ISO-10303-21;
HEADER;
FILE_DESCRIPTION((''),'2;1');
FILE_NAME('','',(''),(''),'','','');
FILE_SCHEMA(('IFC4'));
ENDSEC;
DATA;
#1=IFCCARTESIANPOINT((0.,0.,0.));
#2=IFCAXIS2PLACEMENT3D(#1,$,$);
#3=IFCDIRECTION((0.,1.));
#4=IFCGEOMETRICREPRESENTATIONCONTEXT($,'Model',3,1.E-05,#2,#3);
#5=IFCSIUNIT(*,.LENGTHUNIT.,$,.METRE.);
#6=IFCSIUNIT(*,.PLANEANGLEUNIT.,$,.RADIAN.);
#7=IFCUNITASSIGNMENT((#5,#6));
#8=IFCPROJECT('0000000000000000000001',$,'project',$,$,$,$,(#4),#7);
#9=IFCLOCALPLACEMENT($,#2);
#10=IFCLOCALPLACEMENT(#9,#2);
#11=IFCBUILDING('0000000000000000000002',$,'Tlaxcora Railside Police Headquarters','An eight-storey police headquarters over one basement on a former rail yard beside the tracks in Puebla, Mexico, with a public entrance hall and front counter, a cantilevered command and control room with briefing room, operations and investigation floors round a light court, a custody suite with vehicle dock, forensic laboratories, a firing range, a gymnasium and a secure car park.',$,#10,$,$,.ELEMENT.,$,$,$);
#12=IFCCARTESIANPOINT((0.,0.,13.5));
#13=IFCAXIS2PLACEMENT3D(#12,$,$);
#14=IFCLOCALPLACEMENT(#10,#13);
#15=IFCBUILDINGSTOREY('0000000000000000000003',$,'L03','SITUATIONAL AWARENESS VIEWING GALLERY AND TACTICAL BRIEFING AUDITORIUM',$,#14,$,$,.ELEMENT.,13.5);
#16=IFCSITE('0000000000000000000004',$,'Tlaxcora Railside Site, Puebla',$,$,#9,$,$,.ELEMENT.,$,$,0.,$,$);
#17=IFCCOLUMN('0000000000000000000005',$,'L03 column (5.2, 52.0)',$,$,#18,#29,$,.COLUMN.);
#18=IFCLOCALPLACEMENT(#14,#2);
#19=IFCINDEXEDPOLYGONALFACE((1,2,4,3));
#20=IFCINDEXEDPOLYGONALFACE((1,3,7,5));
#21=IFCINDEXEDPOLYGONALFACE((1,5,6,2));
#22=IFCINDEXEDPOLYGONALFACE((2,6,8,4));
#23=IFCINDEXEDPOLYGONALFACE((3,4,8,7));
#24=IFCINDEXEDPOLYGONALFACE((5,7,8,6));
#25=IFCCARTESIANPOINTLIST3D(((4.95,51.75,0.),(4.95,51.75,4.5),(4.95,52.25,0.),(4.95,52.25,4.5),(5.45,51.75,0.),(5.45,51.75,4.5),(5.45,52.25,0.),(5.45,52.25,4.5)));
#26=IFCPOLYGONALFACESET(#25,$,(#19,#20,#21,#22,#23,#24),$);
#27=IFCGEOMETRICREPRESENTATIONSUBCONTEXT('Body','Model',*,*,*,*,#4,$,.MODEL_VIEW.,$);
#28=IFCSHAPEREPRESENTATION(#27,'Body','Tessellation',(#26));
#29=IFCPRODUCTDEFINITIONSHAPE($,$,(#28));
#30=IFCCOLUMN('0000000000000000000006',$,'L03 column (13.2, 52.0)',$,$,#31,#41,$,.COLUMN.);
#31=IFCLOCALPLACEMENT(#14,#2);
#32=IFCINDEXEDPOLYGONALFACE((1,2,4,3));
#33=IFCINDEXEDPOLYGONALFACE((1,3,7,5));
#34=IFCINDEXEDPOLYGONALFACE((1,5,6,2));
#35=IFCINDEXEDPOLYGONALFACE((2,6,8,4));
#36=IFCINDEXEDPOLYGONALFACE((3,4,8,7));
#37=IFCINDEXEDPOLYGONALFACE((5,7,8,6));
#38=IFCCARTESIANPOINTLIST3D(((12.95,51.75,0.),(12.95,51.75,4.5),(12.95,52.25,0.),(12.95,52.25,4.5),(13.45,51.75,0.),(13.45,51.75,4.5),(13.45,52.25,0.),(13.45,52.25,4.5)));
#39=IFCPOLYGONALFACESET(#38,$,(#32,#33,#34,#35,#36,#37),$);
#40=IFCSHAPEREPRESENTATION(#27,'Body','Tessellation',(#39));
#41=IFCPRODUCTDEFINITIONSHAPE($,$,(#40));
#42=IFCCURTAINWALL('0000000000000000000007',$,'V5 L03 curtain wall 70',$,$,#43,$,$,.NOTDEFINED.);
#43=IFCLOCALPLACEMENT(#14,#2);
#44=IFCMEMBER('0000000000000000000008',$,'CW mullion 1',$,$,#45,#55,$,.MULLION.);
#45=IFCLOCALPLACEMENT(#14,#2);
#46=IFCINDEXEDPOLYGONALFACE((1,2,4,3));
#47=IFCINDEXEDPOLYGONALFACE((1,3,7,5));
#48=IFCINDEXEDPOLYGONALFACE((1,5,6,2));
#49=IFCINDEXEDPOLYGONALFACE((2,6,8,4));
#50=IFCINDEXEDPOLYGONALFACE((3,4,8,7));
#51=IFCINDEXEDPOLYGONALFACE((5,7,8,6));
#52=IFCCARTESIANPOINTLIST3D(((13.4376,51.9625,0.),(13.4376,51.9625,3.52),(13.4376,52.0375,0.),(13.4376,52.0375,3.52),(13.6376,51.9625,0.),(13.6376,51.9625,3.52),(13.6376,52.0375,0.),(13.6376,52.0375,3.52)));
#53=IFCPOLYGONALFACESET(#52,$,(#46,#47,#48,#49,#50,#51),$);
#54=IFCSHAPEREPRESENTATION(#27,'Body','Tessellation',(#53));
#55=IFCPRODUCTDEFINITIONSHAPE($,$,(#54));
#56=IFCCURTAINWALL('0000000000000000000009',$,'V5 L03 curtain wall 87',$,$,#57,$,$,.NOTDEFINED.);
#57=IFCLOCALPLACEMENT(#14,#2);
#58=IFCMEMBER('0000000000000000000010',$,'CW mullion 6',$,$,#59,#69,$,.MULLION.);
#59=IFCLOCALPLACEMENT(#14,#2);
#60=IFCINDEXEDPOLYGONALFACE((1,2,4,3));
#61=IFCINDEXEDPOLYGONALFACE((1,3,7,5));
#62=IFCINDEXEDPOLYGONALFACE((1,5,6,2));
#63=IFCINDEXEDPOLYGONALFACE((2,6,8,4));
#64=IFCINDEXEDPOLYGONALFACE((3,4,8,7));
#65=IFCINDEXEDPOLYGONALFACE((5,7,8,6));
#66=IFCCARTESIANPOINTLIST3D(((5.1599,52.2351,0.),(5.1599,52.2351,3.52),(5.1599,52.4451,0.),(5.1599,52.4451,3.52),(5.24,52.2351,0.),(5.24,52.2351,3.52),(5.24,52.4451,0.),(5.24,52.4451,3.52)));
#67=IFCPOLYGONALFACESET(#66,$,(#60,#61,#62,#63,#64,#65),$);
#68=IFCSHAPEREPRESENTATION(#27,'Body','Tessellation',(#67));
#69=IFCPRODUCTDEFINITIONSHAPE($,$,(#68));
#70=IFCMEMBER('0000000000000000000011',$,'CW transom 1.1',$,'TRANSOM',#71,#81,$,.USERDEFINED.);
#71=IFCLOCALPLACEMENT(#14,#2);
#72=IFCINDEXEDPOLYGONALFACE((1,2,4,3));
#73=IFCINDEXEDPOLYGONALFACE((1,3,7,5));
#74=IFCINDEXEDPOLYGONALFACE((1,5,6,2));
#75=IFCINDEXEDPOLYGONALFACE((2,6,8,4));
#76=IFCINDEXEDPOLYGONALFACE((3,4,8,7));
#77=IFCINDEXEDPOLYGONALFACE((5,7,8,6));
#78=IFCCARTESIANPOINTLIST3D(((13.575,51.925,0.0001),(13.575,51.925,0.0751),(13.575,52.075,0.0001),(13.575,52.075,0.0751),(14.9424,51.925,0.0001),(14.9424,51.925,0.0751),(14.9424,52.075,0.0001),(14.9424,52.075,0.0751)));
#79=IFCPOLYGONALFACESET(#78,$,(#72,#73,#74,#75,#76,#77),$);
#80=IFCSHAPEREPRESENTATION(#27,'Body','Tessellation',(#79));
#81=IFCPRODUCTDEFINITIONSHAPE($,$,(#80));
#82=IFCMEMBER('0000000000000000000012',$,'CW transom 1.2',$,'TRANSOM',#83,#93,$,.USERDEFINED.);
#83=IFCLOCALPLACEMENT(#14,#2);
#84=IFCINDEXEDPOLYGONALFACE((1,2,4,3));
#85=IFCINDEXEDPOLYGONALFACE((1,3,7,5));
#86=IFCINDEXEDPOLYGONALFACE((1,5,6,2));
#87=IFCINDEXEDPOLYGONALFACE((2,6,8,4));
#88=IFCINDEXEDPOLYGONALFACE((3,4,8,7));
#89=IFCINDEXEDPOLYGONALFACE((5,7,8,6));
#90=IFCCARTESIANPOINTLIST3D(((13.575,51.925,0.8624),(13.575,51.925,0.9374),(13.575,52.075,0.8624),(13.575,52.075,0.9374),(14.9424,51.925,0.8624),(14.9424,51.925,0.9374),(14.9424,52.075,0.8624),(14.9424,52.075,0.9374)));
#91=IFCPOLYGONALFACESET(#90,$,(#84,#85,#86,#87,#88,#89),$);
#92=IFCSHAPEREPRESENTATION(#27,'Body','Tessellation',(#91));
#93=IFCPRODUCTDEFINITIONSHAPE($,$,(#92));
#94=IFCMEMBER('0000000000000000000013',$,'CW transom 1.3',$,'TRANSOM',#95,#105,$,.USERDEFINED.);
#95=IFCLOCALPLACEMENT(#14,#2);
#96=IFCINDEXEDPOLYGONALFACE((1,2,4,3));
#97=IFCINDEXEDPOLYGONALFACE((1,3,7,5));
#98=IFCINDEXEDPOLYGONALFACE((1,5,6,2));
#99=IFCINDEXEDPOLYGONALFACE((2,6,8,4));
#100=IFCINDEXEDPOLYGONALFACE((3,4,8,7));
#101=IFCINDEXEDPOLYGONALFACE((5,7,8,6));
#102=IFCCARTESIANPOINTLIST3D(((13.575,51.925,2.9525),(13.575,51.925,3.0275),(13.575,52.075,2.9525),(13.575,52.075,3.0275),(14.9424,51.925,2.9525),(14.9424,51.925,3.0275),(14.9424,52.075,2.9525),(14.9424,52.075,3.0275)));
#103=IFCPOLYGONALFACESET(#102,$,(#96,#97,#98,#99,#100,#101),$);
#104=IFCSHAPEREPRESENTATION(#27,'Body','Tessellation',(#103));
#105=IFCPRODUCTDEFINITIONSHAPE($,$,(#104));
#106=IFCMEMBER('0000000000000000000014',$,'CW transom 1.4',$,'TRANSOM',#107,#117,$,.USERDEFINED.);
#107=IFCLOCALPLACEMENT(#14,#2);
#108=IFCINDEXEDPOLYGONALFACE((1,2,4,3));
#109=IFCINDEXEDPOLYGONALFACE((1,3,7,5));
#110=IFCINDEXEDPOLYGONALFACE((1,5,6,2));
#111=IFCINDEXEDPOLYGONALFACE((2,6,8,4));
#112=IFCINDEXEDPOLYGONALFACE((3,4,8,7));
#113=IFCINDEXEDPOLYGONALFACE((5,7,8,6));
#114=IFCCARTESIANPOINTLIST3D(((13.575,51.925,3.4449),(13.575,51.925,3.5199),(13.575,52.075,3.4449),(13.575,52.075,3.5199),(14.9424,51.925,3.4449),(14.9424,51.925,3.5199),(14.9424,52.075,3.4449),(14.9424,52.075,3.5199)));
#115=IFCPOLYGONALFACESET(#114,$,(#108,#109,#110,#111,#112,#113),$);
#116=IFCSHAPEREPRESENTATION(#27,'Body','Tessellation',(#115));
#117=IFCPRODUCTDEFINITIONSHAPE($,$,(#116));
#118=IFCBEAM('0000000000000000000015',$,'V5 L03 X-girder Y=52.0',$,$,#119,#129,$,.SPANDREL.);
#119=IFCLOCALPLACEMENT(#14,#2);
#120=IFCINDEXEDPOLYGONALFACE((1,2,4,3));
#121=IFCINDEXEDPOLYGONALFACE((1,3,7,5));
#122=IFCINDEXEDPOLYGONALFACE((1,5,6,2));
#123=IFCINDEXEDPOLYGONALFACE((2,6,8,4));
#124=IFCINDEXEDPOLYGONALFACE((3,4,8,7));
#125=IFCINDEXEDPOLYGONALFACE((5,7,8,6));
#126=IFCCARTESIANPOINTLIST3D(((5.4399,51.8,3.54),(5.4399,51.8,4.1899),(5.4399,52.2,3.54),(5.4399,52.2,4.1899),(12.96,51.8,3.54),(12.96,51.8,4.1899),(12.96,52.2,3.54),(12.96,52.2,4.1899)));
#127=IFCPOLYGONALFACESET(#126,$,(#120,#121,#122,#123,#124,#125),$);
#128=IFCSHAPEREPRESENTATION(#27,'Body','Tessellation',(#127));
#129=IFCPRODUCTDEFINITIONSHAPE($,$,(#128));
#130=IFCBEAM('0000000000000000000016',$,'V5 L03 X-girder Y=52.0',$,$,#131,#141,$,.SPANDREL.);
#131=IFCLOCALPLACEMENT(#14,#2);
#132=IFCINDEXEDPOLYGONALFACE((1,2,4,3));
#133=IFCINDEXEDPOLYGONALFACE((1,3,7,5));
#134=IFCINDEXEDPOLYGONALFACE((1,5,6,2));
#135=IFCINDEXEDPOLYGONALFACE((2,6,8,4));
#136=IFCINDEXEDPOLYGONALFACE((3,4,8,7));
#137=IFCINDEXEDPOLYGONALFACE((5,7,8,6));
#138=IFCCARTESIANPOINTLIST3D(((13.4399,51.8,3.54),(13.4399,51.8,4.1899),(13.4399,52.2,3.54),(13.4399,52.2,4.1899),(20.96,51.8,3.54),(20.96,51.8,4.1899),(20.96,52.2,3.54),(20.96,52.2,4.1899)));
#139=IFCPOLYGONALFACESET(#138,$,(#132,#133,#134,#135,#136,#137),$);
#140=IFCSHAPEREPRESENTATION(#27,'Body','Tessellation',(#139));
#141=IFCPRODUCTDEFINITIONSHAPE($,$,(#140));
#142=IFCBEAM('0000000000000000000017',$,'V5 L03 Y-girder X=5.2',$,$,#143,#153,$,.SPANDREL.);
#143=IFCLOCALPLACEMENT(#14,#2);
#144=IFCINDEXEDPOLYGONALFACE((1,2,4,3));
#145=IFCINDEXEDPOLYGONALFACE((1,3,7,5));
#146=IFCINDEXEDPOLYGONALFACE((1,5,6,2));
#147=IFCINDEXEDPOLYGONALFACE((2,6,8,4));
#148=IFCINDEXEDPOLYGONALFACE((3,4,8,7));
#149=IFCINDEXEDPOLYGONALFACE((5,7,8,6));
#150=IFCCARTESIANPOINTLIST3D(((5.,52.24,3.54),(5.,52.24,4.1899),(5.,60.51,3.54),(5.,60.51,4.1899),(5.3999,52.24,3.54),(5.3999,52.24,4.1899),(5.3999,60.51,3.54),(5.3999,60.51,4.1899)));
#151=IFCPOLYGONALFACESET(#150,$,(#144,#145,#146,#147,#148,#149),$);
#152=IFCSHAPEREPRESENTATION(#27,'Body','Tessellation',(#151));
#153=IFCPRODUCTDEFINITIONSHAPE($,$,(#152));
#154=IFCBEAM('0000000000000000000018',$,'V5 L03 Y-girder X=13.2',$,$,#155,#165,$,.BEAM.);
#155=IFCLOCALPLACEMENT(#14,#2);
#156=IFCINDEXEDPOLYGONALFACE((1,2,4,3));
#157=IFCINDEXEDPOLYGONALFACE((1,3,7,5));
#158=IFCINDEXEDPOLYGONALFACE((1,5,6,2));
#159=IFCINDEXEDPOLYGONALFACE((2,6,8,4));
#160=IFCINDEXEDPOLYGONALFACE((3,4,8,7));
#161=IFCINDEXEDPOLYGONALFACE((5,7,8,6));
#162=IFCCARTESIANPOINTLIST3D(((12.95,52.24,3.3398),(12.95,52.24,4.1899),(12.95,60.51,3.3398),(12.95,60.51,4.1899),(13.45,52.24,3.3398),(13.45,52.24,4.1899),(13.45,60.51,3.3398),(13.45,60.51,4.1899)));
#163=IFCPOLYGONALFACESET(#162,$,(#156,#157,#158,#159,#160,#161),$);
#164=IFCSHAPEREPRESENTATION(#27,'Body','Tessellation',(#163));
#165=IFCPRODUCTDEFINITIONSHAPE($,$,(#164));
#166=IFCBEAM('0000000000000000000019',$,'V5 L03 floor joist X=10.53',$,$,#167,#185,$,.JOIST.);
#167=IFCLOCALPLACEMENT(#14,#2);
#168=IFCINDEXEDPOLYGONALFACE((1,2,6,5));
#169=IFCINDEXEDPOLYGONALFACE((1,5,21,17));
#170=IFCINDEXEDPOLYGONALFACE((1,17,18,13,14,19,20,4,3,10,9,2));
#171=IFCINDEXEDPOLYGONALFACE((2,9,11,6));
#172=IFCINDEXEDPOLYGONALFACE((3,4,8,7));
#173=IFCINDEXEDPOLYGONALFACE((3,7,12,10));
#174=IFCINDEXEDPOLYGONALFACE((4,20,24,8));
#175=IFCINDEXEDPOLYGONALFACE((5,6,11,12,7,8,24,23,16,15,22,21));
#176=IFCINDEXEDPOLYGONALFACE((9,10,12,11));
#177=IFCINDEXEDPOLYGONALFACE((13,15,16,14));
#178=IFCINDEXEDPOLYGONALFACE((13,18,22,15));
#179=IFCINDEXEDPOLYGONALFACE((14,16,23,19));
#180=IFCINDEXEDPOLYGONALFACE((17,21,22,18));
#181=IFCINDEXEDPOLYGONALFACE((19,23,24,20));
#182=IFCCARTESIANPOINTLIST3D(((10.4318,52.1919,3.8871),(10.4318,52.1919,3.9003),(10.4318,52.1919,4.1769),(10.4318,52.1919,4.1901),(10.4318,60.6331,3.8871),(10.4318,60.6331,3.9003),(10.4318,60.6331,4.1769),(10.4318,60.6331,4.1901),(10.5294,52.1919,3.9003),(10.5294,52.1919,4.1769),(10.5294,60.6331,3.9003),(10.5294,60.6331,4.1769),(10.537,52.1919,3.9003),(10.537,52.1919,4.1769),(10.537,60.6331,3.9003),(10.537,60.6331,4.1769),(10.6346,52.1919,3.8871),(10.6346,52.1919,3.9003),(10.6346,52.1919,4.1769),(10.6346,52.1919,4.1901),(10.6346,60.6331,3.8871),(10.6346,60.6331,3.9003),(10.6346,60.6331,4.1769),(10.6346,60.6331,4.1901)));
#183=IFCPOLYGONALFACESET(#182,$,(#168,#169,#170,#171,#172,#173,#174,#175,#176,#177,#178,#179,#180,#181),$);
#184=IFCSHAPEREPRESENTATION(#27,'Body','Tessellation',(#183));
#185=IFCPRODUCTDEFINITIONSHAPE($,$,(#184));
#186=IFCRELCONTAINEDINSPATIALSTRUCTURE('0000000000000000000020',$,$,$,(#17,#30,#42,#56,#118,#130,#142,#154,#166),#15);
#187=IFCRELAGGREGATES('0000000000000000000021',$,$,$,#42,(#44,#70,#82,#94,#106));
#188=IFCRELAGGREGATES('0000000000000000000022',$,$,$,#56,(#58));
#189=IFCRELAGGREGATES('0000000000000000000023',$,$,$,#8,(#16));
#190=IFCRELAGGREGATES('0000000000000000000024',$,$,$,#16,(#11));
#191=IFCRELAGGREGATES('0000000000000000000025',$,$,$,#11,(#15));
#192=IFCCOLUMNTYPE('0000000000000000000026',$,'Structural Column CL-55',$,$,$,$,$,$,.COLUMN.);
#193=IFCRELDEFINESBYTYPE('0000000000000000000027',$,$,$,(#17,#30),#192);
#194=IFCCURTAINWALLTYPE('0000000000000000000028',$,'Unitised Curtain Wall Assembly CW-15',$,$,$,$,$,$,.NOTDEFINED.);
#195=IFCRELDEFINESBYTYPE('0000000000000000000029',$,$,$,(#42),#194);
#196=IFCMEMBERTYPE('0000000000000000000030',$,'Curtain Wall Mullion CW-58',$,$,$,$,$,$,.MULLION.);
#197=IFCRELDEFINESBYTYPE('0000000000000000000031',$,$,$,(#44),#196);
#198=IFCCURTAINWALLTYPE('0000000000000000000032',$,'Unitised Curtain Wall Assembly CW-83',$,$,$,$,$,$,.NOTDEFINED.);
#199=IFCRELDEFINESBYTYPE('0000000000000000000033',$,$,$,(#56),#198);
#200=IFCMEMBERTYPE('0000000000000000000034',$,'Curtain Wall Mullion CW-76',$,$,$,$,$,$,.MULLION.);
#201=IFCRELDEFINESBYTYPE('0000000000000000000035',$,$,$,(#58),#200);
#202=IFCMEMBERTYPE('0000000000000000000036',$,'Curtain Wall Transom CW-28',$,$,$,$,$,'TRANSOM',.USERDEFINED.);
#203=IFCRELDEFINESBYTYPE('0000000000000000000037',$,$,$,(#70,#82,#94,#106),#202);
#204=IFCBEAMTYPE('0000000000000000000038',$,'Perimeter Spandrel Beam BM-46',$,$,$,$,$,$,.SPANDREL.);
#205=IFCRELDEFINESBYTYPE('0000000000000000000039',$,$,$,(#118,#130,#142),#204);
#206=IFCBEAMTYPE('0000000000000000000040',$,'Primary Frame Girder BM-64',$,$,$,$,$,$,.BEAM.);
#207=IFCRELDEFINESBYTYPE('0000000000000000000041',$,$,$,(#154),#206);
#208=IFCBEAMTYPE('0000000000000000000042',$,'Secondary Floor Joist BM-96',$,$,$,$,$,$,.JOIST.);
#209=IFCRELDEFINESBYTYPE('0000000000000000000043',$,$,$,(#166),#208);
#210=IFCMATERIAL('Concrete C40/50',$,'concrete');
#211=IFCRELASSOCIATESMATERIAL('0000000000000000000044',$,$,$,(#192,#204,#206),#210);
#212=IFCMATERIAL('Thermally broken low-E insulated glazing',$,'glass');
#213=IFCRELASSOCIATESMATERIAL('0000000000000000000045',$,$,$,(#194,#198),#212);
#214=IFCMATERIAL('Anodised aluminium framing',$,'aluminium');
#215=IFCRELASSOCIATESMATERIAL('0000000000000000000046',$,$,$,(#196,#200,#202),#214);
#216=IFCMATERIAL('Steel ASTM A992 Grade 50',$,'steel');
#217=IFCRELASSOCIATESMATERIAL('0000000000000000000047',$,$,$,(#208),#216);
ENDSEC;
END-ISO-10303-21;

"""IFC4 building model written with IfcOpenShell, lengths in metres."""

from ifc_helpers import new_model, si_unit, direction, frame, origin, origin_2d, place, context, subcontext, project, spatial, rectangle, i_section, extrude, material, material_profile, profile_set, type_object, element, aggregate, save


model = new_model("IFC4")

# Units and contexts
model_context = context("Model", 3, precision=1e-05, world=origin(), true_north=direction((0.0, 1.0)))
body_context = subcontext(model_context, "Body", "Model", "MODEL_VIEW")
ifc_project = project(units=[si_unit("LENGTHUNIT", "METRE"), si_unit("PLANEANGLEUNIT", "RADIAN")], contexts=[model_context])

# Site, building, storey
site_placement = place(None, origin())
site = spatial("IfcSite", under=ifc_project, at=site_placement, Name="Tlaxcora Railside Site, Puebla", CompositionType="ELEMENT", RefElevation=0.0)
building_placement = place(site_placement, origin())
building = spatial("IfcBuilding", under=site, at=building_placement, Name="Tlaxcora Railside Police Headquarters", Description="An eight-storey police headquarters over one basement on a former rail yard beside the tracks in Puebla, Mexico, with a public entrance hall and front counter, a cantilevered command and control room with briefing room, operations and investigation floors round a light court, a custody suite with vehicle dock, forensic laboratories, a firing range, a gymnasium and a secure car park.", CompositionType="ELEMENT")
storey_placement = place(building_placement, frame((0.0, 0.0, 13.5)))
storey = spatial("IfcBuildingStorey", under=building, at=storey_placement, Name="L03", Description="SITUATIONAL AWARENESS VIEWING GALLERY AND TACTICAL BRIEFING AUDITORIUM", CompositionType="ELEMENT", Elevation=13.5)

# Columns
ifc_material_1 = material(Name="Concrete C40/50", Category="concrete")
ifc_material_profile_1 = material_profile(ifc_material_1, rectangle(XDim=0.5, YDim=0.5, at=origin_2d()), Name="RC500X500")
ifc_profile_set_1 = profile_set([ifc_material_profile_1], Name="Concrete C40/50")
column_type = type_object("IfcColumnType", Name="Structural Column CL-55", PredefinedType="COLUMN", material=ifc_profile_set_1)
for number, where, z_axis, x_axis, name in (
    (1, (5.2, 52.0, 0.0), (0.0, 0.0, 1.0), (1.0, 0.0, 0.0), "L03 column (5.2, 52.0)"),
    (2, (13.2, 52.0, 0.0), (0.0, 0.0, 1.0), (1.0, 0.0, 0.0), "L03 column (13.2, 52.0)"),
):
    element("IfcColumn", number, at=place(storey_placement, frame(where, z_axis=z_axis, x_axis=x_axis)), inside=storey, type_object=column_type, Name=name, PredefinedType="COLUMN", context=body_context, shape_type="SweptSolid", body=[
        extrude(rectangle(XDim=0.5, YDim=0.5, at=origin_2d()), origin(), (0.0, 0.0, 1.0), 4.5),
    ])

# Curtain walls, members
ifc_material_2 = material(Name="Thermally broken low-E insulated glazing", Category="glass")
curtain_wall_type_1 = type_object("IfcCurtainWallType", Name="Unitised Curtain Wall Assembly CW-15", PredefinedType="NOTDEFINED", material=ifc_material_2)
curtain_wall_1_placement = place(storey_placement, origin())
curtain_wall_1 = element("IfcCurtainWall", 3, at=curtain_wall_1_placement, inside=storey, type_object=curtain_wall_type_1, Name="V5 L03 curtain wall 70", PredefinedType="NOTDEFINED")
ifc_material_3 = material(Name="Anodised aluminium framing", Category="aluminium")
ifc_material_profile_2 = material_profile(ifc_material_3, rectangle(XDim=0.075, YDim=0.2, at=origin_2d()), Name="AL75X200")
ifc_profile_set_2 = profile_set([ifc_material_profile_2], Name="Anodised aluminium framing")
member_type_1 = type_object("IfcMemberType", Name="Curtain Wall Mullion CW-58", PredefinedType="MULLION", material=ifc_profile_set_2)
member_1_placement = place(storey_placement, frame((13.5376, 52.0, 0.0), z_axis=(0.0, 0.0, 1.0), x_axis=(0.0, 1.0, 0.0)))
member_1 = element("IfcMember", 4, at=member_1_placement, type_object=member_type_1, Name="CW mullion 1", PredefinedType="MULLION", context=body_context, shape_type="SweptSolid", body=[
    extrude(rectangle(XDim=0.075, YDim=0.2, at=origin_2d()), origin(), (0.0, 0.0, 1.0), 3.52),
])
curtain_wall_type_2 = type_object("IfcCurtainWallType", Name="Unitised Curtain Wall Assembly CW-83", PredefinedType="NOTDEFINED", material=ifc_material_2)
curtain_wall_2_placement = place(storey_placement, origin())
curtain_wall_2 = element("IfcCurtainWall", 5, at=curtain_wall_2_placement, inside=storey, type_object=curtain_wall_type_2, Name="V5 L03 curtain wall 87", PredefinedType="NOTDEFINED")
ifc_material_profile_3 = material_profile(ifc_material_3, rectangle(XDim=0.0801, YDim=0.21, at=origin_2d()), Name="AL80X210")
ifc_profile_set_3 = profile_set([ifc_material_profile_3], Name="Anodised aluminium framing")
member_type_2 = type_object("IfcMemberType", Name="Curtain Wall Mullion CW-76", PredefinedType="MULLION", material=ifc_profile_set_3)
member_2_placement = place(storey_placement, frame((5.2, 52.3401, 0.0), z_axis=(0.0, 0.0, 1.0), x_axis=(1.0, 0.0, 0.0)))
member_2 = element("IfcMember", 6, at=member_2_placement, type_object=member_type_2, Name="CW mullion 6", PredefinedType="MULLION", context=body_context, shape_type="SweptSolid", body=[
    extrude(rectangle(XDim=0.0801, YDim=0.21, at=origin_2d()), origin(), (0.0, 0.0, 1.0), 3.52),
])

# Members
ifc_material_profile_4 = material_profile(ifc_material_3, rectangle(XDim=0.1499, YDim=0.075, at=origin_2d()), Name="AL75X150")
ifc_profile_set_4 = profile_set([ifc_material_profile_4], Name="Anodised aluminium framing")
member_type_3 = type_object("IfcMemberType", Name="Curtain Wall Transom CW-28", ElementType="TRANSOM", PredefinedType="USERDEFINED", material=ifc_profile_set_4)
member_3_placement = place(storey_placement, frame((13.575, 52.0, 0.0376), z_axis=(1.0, 0.0, 0.0), x_axis=(0.0, 1.0, 0.0)))
member_3 = element("IfcMember", 7, at=member_3_placement, type_object=member_type_3, Name="CW transom 1.1", ObjectType="TRANSOM", PredefinedType="USERDEFINED", context=body_context, shape_type="SweptSolid", body=[
    extrude(rectangle(XDim=0.1499, YDim=0.075, at=origin_2d()), origin(), (0.0, 0.0, 1.0), 1.3674),
])
member_4_placement = place(storey_placement, frame((13.575, 52.0, 0.8999), z_axis=(1.0, 0.0, 0.0), x_axis=(0.0, 1.0, 0.0)))
member_4 = element("IfcMember", 8, at=member_4_placement, type_object=member_type_3, Name="CW transom 1.2", ObjectType="TRANSOM", PredefinedType="USERDEFINED", context=body_context, shape_type="SweptSolid", body=[
    extrude(rectangle(XDim=0.1499, YDim=0.075, at=origin_2d()), origin(), (0.0, 0.0, 1.0), 1.3674),
])
member_5_placement = place(storey_placement, frame((13.575, 52.0, 2.99), z_axis=(1.0, 0.0, 0.0), x_axis=(0.0, 1.0, 0.0)))
member_5 = element("IfcMember", 9, at=member_5_placement, type_object=member_type_3, Name="CW transom 1.3", ObjectType="TRANSOM", PredefinedType="USERDEFINED", context=body_context, shape_type="SweptSolid", body=[
    extrude(rectangle(XDim=0.1499, YDim=0.075, at=origin_2d()), origin(), (0.0, 0.0, 1.0), 1.3674),
])
member_6_placement = place(storey_placement, frame((13.575, 52.0, 3.4824), z_axis=(1.0, 0.0, 0.0), x_axis=(0.0, 1.0, 0.0)))
member_6 = element("IfcMember", 10, at=member_6_placement, type_object=member_type_3, Name="CW transom 1.4", ObjectType="TRANSOM", PredefinedType="USERDEFINED", context=body_context, shape_type="SweptSolid", body=[
    extrude(rectangle(XDim=0.1499, YDim=0.075, at=origin_2d()), origin(), (0.0, 0.0, 1.0), 1.3674),
])

# Beams
ifc_material_profile_5 = material_profile(ifc_material_1, rectangle(XDim=0.3999, YDim=0.6499, at=origin_2d()), Name="RC400X650")
ifc_profile_set_5 = profile_set([ifc_material_profile_5], Name="Concrete C40/50")
beam_type_1 = type_object("IfcBeamType", Name="Perimeter Spandrel Beam BM-46", PredefinedType="SPANDREL", material=ifc_profile_set_5)
for number, where, z_axis, x_axis, name in (
    (11, (5.4399, 52.0, 3.865), (1.0, 0.0, 0.0), (0.0, 1.0, 0.0), "V5 L03 X-girder Y=52.0"),
    (12, (13.4399, 52.0, 3.865), (1.0, 0.0, 0.0), (0.0, 1.0, 0.0), "V5 L03 X-girder Y=52.0"),
):
    element("IfcBeam", number, at=place(storey_placement, frame(where, z_axis=z_axis, x_axis=x_axis)), inside=storey, type_object=beam_type_1, Name=name, PredefinedType="SPANDREL", context=body_context, shape_type="SweptSolid", body=[
        extrude(rectangle(XDim=0.3999, YDim=0.6499, at=origin_2d()), origin(), (0.0, 0.0, 1.0), 7.52),
    ])
beam_1_placement = place(storey_placement, frame((5.2, 52.24, 3.865), z_axis=(0.0, 1.0, 0.0), x_axis=(-1.0, 0.0, 0.0)))
element("IfcBeam", 13, at=beam_1_placement, inside=storey, type_object=beam_type_1, Name="V5 L03 Y-girder X=5.2", PredefinedType="SPANDREL", context=body_context, shape_type="SweptSolid", body=[
    extrude(rectangle(XDim=0.3999, YDim=0.6499, at=origin_2d()), origin(), (0.0, 0.0, 1.0), 8.27),
])
ifc_material_profile_6 = material_profile(ifc_material_1, rectangle(XDim=0.5, YDim=0.8501, at=origin_2d()), Name="RC500X850")
ifc_profile_set_6 = profile_set([ifc_material_profile_6], Name="Concrete C40/50")
beam_type_2 = type_object("IfcBeamType", Name="Primary Frame Girder BM-64", PredefinedType="BEAM", material=ifc_profile_set_6)
beam_2_placement = place(storey_placement, frame((13.2, 52.24, 3.7649), z_axis=(0.0, 1.0, 0.0), x_axis=(-1.0, 0.0, 0.0)))
element("IfcBeam", 14, at=beam_2_placement, inside=storey, type_object=beam_type_2, Name="V5 L03 Y-girder X=13.2", PredefinedType="BEAM", context=body_context, shape_type="SweptSolid", body=[
    extrude(rectangle(XDim=0.5, YDim=0.8501, at=origin_2d()), origin(), (0.0, 0.0, 1.0), 8.27),
])
ifc_material_4 = material(Name="Steel ASTM A992 Grade 50", Category="steel")
ifc_material_profile_7 = material_profile(ifc_material_4, i_section(OverallWidth=0.2029, OverallDepth=0.303, WebThickness=0.0076, FlangeThickness=0.0132, at=origin_2d()), Name="W12X40")
ifc_profile_set_7 = profile_set([ifc_material_profile_7], Name="Steel ASTM A992 Grade 50")
beam_type_3 = type_object("IfcBeamType", Name="Secondary Floor Joist BM-96", PredefinedType="JOIST", material=ifc_profile_set_7)
beam_3_placement = place(storey_placement, frame((10.5332, 52.1919, 4.0386), z_axis=(0.0, 1.0, 0.0), x_axis=(-1.0, 0.0, 0.0)))
element("IfcBeam", 15, at=beam_3_placement, inside=storey, type_object=beam_type_3, Name="V5 L03 floor joist X=10.53", PredefinedType="JOIST", context=body_context, shape_type="SweptSolid", body=[
    extrude(i_section(OverallWidth=0.2029, OverallDepth=0.303, WebThickness=0.0076, FlangeThickness=0.0132, at=origin_2d()), origin(), (0.0, 0.0, 1.0), 8.4412),
])

aggregate(curtain_wall_1, [member_1, member_3, member_4, member_5, member_6])
aggregate(curtain_wall_2, [member_2])

save(model, "model.ifc")
